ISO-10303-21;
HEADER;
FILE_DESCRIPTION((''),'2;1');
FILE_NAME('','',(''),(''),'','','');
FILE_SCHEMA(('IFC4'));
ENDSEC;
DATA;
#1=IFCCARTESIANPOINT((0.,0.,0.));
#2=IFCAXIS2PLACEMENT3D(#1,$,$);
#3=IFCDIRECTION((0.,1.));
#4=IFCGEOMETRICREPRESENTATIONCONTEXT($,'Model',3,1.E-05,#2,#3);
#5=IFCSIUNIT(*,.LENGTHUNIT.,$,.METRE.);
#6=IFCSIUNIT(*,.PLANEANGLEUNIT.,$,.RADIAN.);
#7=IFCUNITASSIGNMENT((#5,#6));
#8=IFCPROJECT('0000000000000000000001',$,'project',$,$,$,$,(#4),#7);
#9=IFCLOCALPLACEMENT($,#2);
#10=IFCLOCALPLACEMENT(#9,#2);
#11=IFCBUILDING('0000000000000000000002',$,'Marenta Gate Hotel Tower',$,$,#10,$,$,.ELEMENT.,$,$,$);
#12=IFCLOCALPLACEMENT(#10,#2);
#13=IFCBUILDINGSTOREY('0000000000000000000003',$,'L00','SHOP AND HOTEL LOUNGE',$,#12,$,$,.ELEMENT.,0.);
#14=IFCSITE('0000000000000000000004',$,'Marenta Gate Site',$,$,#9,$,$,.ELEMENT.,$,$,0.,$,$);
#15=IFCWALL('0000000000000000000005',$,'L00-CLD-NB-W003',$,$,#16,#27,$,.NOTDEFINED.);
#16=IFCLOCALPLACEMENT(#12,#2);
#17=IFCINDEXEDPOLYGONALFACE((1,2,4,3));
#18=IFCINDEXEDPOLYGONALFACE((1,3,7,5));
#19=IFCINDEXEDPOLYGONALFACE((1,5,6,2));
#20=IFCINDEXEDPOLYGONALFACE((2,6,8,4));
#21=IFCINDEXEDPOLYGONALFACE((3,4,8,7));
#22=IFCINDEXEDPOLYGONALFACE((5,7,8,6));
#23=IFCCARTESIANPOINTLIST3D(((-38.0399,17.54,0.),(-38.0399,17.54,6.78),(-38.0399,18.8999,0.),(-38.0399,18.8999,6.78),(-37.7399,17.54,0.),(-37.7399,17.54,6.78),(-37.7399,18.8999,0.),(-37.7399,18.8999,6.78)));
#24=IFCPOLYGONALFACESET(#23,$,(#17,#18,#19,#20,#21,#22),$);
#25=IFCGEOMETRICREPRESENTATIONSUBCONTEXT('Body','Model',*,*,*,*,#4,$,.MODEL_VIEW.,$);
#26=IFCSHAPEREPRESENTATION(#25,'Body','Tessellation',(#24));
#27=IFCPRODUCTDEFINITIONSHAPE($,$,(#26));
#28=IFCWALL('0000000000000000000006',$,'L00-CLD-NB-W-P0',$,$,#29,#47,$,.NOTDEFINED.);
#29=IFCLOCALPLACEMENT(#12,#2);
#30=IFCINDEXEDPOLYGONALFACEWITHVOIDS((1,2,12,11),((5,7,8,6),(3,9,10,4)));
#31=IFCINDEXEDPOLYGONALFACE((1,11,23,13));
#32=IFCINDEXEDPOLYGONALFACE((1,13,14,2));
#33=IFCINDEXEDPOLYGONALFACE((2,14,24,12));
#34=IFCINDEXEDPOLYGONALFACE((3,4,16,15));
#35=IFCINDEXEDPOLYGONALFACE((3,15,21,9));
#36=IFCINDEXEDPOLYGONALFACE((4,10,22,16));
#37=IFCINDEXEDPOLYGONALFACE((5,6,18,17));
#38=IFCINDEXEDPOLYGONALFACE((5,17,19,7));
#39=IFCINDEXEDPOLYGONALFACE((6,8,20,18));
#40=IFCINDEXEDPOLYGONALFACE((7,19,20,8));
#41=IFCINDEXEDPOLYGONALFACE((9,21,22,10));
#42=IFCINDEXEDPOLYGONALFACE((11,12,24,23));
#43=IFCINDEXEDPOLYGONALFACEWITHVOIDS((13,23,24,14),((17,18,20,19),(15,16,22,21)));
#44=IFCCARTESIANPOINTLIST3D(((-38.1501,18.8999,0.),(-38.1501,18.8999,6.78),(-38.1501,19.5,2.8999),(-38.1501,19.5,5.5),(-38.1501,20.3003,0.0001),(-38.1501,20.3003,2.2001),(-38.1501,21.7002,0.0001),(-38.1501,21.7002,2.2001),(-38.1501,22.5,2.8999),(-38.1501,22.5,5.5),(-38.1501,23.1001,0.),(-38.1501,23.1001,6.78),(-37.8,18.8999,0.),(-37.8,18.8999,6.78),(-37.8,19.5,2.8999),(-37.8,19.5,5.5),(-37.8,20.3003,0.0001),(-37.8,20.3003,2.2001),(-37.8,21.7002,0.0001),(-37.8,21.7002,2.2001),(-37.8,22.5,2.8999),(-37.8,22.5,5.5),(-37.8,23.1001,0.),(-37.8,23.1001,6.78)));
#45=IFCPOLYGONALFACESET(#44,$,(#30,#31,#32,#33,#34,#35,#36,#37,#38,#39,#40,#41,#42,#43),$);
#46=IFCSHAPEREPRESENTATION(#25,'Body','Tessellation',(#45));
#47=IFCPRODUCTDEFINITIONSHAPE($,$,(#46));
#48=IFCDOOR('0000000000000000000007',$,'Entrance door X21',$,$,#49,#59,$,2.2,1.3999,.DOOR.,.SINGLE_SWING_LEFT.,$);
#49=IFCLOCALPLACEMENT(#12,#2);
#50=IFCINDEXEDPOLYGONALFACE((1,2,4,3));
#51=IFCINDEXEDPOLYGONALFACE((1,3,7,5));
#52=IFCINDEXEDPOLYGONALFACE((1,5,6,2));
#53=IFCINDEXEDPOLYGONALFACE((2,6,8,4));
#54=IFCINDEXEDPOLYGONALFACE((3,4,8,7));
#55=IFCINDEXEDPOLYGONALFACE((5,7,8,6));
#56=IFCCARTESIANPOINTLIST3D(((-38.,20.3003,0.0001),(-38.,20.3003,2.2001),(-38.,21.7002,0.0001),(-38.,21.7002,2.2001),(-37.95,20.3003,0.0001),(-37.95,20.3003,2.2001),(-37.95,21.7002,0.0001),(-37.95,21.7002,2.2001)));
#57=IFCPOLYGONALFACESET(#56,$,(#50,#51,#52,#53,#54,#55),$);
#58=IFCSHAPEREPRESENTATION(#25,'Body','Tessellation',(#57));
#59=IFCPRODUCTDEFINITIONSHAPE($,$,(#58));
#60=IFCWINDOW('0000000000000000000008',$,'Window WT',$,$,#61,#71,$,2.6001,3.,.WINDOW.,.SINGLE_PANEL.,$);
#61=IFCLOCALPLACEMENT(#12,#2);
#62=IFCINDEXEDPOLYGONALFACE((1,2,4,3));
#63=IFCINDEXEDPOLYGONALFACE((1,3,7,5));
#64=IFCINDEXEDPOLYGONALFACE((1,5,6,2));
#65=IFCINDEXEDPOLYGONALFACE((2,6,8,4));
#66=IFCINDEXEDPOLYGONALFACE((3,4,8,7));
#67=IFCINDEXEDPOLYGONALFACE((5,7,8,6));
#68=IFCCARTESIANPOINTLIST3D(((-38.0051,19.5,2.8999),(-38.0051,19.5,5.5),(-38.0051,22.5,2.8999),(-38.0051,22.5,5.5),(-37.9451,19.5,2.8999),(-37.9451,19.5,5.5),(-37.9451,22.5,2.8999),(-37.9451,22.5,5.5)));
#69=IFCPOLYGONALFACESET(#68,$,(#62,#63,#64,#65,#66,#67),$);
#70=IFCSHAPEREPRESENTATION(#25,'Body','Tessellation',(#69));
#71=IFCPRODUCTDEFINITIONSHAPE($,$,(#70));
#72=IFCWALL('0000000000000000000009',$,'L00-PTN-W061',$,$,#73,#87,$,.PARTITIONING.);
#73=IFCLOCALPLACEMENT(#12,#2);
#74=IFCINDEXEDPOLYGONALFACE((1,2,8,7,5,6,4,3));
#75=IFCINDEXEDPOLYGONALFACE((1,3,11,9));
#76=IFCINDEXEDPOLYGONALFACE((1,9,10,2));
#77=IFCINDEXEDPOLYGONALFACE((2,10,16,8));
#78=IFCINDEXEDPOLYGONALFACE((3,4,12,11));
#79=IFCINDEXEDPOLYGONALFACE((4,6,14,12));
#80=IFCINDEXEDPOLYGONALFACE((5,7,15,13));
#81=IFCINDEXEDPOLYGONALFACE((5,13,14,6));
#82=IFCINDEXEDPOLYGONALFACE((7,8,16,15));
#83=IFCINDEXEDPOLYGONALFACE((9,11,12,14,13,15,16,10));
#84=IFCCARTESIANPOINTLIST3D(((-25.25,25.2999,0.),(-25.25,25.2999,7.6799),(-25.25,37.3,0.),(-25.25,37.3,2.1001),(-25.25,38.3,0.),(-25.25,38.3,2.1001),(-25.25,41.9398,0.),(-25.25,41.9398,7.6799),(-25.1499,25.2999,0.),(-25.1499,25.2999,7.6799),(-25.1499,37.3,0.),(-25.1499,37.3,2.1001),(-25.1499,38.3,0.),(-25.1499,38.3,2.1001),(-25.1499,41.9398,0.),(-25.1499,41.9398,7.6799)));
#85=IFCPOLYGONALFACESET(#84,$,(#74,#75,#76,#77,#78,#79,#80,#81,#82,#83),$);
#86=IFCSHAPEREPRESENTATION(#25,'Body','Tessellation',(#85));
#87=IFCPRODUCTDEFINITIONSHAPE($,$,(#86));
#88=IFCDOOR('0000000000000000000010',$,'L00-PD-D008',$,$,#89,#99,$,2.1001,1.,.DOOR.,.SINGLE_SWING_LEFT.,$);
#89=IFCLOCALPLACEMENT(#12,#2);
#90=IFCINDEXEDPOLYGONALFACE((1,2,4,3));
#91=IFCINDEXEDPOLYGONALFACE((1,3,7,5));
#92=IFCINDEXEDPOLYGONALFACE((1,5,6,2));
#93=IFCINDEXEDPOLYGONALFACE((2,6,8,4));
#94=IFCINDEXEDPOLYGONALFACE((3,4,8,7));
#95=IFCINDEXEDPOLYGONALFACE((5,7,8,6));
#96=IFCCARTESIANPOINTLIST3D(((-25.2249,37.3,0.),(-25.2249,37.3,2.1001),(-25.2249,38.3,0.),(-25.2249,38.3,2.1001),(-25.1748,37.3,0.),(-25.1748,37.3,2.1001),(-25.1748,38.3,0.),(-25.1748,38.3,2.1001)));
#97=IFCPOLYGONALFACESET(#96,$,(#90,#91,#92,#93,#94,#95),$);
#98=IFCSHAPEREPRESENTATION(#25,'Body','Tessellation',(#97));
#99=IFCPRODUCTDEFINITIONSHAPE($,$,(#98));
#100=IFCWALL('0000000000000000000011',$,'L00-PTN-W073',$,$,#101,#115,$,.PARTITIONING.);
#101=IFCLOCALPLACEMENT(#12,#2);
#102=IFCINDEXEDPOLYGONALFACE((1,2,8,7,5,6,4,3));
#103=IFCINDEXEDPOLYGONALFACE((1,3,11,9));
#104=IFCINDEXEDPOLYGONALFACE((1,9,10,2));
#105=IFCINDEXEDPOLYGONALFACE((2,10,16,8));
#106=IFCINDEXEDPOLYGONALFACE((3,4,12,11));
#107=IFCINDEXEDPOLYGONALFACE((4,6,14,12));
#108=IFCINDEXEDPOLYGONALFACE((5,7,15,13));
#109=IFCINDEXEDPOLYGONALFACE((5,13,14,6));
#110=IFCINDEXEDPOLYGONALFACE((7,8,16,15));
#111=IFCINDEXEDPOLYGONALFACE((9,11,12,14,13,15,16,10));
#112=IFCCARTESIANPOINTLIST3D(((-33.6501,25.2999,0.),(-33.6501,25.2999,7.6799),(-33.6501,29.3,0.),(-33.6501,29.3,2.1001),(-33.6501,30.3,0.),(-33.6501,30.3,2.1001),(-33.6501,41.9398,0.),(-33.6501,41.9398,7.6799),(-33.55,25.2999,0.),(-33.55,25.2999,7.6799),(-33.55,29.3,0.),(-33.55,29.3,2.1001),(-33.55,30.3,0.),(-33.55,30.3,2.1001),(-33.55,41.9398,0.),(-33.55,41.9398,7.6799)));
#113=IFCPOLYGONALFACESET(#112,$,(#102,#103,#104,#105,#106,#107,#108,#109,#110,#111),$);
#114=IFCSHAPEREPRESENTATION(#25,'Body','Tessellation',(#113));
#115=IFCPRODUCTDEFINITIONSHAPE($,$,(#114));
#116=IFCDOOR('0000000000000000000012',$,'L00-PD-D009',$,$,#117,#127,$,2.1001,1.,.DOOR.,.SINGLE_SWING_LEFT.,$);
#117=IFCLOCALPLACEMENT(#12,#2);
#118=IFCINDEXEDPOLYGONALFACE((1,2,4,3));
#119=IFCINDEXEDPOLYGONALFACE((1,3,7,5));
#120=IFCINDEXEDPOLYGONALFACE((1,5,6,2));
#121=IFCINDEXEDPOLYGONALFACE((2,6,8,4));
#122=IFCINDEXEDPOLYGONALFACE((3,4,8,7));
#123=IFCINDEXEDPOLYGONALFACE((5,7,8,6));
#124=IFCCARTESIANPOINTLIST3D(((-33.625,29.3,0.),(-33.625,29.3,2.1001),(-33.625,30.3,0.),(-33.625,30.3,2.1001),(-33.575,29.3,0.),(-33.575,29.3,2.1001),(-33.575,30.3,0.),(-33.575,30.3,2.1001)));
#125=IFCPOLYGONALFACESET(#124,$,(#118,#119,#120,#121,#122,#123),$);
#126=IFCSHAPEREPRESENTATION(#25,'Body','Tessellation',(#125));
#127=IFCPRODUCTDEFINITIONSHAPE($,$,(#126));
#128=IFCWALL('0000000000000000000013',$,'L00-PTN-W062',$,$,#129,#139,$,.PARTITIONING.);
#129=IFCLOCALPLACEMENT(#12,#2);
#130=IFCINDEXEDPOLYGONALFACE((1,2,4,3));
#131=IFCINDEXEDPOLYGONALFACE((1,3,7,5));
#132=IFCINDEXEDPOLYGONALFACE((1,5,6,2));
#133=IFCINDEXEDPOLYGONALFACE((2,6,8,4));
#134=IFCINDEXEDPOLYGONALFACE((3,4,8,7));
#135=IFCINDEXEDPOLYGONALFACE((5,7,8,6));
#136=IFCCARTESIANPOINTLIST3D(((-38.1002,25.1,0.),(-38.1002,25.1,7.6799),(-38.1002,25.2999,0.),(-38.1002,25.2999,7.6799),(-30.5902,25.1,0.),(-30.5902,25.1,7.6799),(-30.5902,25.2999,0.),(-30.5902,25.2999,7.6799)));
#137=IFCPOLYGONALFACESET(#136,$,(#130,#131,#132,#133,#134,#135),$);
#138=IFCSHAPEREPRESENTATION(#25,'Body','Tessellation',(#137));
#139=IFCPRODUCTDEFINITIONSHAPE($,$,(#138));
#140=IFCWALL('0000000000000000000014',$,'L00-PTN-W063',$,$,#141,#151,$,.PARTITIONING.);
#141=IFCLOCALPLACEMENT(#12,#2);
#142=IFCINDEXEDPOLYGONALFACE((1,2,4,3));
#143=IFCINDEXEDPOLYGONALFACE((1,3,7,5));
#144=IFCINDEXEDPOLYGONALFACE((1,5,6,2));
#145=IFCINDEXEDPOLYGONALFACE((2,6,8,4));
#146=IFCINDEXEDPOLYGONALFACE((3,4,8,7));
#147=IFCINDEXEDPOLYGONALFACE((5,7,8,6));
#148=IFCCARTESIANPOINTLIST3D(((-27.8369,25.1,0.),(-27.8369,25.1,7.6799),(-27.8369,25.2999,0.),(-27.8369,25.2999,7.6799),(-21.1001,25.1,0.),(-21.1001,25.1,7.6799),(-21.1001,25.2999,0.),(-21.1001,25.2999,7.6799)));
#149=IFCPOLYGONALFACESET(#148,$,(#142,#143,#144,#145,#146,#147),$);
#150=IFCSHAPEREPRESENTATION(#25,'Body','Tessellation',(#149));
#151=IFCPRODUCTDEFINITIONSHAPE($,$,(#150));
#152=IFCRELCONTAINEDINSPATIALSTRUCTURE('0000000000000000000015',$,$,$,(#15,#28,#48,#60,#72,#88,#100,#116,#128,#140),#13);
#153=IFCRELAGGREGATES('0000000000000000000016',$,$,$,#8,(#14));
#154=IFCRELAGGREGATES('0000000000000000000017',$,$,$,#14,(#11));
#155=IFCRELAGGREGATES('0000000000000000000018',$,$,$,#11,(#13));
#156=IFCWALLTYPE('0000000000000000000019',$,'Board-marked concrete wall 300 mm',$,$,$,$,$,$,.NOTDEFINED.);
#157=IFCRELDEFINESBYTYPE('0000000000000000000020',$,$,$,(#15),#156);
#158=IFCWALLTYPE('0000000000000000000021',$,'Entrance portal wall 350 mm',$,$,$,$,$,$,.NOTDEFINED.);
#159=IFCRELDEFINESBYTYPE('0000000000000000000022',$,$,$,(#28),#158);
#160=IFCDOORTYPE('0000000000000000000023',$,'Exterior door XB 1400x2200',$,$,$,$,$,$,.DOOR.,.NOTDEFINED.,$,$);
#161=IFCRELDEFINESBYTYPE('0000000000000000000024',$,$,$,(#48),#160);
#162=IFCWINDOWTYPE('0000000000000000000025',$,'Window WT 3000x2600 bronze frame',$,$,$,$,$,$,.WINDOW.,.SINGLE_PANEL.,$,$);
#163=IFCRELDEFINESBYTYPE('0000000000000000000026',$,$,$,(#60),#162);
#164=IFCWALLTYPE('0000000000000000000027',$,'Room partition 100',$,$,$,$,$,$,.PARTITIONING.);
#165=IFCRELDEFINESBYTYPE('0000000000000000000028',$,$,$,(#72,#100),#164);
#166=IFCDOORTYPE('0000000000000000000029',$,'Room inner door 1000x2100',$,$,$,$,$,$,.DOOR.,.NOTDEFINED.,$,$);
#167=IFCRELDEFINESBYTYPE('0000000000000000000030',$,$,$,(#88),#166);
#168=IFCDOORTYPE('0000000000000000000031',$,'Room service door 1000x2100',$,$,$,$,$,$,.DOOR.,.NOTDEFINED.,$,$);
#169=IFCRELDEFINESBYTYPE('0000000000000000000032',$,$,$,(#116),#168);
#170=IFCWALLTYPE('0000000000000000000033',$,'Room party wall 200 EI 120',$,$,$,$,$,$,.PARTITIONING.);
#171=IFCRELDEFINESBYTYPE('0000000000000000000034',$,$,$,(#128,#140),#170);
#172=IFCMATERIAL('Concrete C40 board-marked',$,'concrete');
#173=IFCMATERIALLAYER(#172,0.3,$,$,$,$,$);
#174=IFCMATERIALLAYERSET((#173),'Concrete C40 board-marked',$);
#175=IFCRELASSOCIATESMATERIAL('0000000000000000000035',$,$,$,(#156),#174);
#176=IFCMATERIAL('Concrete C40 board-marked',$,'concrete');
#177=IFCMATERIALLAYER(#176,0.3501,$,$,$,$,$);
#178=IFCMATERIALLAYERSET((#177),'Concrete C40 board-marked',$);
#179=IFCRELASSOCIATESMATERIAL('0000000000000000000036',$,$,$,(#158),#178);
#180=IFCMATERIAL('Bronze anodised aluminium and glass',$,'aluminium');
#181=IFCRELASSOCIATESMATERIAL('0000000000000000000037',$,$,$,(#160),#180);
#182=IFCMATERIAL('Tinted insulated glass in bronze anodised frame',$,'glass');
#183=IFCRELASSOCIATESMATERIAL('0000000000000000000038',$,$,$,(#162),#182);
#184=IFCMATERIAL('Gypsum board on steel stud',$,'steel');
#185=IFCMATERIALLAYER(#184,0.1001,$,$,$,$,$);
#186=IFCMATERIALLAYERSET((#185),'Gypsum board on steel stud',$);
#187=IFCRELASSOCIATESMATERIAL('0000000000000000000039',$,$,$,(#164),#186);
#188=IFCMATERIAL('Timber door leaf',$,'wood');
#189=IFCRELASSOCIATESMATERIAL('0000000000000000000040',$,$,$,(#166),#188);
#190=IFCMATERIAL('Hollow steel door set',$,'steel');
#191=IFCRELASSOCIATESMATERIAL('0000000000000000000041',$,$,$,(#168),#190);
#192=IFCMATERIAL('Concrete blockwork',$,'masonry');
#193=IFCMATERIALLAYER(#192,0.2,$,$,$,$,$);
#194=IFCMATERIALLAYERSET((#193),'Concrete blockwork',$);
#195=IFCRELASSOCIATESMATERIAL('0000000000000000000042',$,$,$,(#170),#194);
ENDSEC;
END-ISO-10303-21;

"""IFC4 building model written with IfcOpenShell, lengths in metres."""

from ifc_helpers import new_model, si_unit, direction, frame, frame_2d, origin, place, context, subcontext, project, spatial, rectangle, extrude, material, layer, layer_set, type_object, element, fill, save


model = new_model("IFC4")

# Units and contexts
model_context = context("Model", 3, precision=1e-05, world=origin(), true_north=direction((0.0, 1.0)))
body_context = subcontext(model_context, "Body", "Model", "MODEL_VIEW")
ifc_project = project(units=[si_unit("LENGTHUNIT", "METRE"), si_unit("PLANEANGLEUNIT", "RADIAN")], contexts=[model_context])

# Site, building, storey
site_placement = place(None, origin())
site = spatial("IfcSite", under=ifc_project, at=site_placement, Name="Marenta Gate Site", CompositionType="ELEMENT", RefElevation=0.0)
building_placement = place(site_placement, origin())
building = spatial("IfcBuilding", under=site, at=building_placement, Name="Marenta Gate Hotel Tower", CompositionType="ELEMENT")
storey_placement = place(building_placement, origin())
storey = spatial("IfcBuildingStorey", under=building, at=storey_placement, Name="L00", Description="SHOP AND HOTEL LOUNGE", CompositionType="ELEMENT", Elevation=0.0)

# Wall
ifc_material_1 = material(Name="Concrete C40 board-marked", Category="concrete")
ifc_layer_1 = layer(ifc_material_1, 0.3)
ifc_layer_set_1 = layer_set([ifc_layer_1], Name="Concrete C40 board-marked")
wall_type_1 = type_object("IfcWallType", Name="Board-marked concrete wall 300 mm", PredefinedType="NOTDEFINED", material=ifc_layer_set_1)
for number, where, z_axis, x_axis, name in (
    (1, (-37.8899, 18.8999, 0.0), (0.0, 0.0, 1.0), (0.0, -1.0, 0.0), "L00-CLD-NB-W003"),
):
    element("IfcWall", number, at=place(storey_placement, frame(where, z_axis=z_axis, x_axis=x_axis)), inside=storey, type_object=wall_type_1, Name=name, PredefinedType="NOTDEFINED", context=body_context, shape_type="SweptSolid", body=[
        extrude(rectangle(XDim=1.3599, YDim=0.3, at=frame_2d((0.6799, 0.0))), origin(), (0.0, 0.0, 1.0), 6.78),
    ])

# Wall, openings, door, window
ifc_material_2 = material(Name="Concrete C40 board-marked", Category="concrete")
ifc_layer_2 = layer(ifc_material_2, 0.3501)
ifc_layer_set_2 = layer_set([ifc_layer_2], Name="Concrete C40 board-marked")
wall_type_2 = type_object("IfcWallType", Name="Entrance portal wall 350 mm", PredefinedType="NOTDEFINED", material=ifc_layer_set_2)
wall_1_placement = place(storey_placement, frame((-37.9751, 23.1001, 0.0), z_axis=(0.0, 0.0, 1.0), x_axis=(0.0, -1.0, 0.0)))
wall_1 = element("IfcWall", 2, at=wall_1_placement, inside=storey, type_object=wall_type_2, Name="L00-CLD-NB-W-P0", PredefinedType="NOTDEFINED", context=body_context, shape_type="SweptSolid", body=[
    extrude(rectangle(XDim=4.2002, YDim=0.3501, at=frame_2d((2.1001, 0.0))), origin(), (0.0, 0.0, 1.0), 6.78),
])
opening_1_placement = place(wall_1_placement, frame((1.3999, 0.0, 0.0)))
opening_1 = element("IfcOpeningElement", 3, at=opening_1_placement, cuts=wall_1, PredefinedType="OPENING", context=body_context, shape_type="SweptSolid", body=[
    extrude(rectangle(XDim=1.3999, YDim=2.2, at=frame_2d((0.7, 1.1001))), frame((0.0, 0.175, 0.0), z_axis=(0.0, -1.0, 0.0), x_axis=(1.0, 0.0, 0.0)), (0.0, 0.0, 1.0), 0.3501),
])
opening_2_placement = place(wall_1_placement, frame((0.6001, 0.0, 2.8999)))
opening_2 = element("IfcOpeningElement", 4, at=opening_2_placement, cuts=wall_1, PredefinedType="OPENING", context=body_context, shape_type="SweptSolid", body=[
    extrude(rectangle(XDim=3.0, YDim=2.6001, at=frame_2d((1.5, 1.3))), frame((0.0, 0.175, 0.0), z_axis=(0.0, -1.0, 0.0), x_axis=(1.0, 0.0, 0.0)), (0.0, 0.0, 1.0), 0.3501),
])
ifc_material_3 = material(Name="Bronze anodised aluminium and glass", Category="aluminium")
door_type_1 = type_object("IfcDoorType", Name="Exterior door XB 1400x2200", OperationType="NOTDEFINED", PredefinedType="DOOR", material=ifc_material_3)
door_1_placement = place(opening_1_placement, frame((1.3999, 0.0, 0.0), z_axis=(0.0, 0.0, 1.0), x_axis=(-1.0, 0.0, 0.0)))
door_1 = element("IfcDoor", 5, at=door_1_placement, inside=storey, type_object=door_type_1, Name="Entrance door X21", OperationType="SINGLE_SWING_LEFT", OverallHeight=2.2, OverallWidth=1.3999, PredefinedType="DOOR", context=body_context, shape_type="SweptSolid", body=[
    extrude(rectangle(XDim=1.3999, YDim=2.2, at=frame_2d((0.7, 1.1001))), frame((0.0, 0.0249, 0.0), z_axis=(0.0, -1.0, 0.0), x_axis=(1.0, 0.0, 0.0)), (0.0, 0.0, 1.0), 0.05),
])
fill(opening_1, door_1)
ifc_material_4 = material(Name="Tinted insulated glass in bronze anodised frame", Category="glass")
window_type = type_object("IfcWindowType", Name="Window WT 3000x2600 bronze frame", PartitioningType="SINGLE_PANEL", PredefinedType="WINDOW", material=ifc_material_4)
window_placement = place(opening_2_placement, origin())
window = element("IfcWindow", 6, at=window_placement, inside=storey, type_object=window_type, Name="Window WT", OverallHeight=2.6001, OverallWidth=3.0, PartitioningType="SINGLE_PANEL", PredefinedType="WINDOW", context=body_context, shape_type="SweptSolid", body=[
    extrude(rectangle(XDim=3.0, YDim=2.6001, at=frame_2d((1.5, 1.3))), frame((0.0, 0.03, 0.0), z_axis=(0.0, -1.0, 0.0), x_axis=(1.0, 0.0, 0.0)), (0.0, 0.0, 1.0), 0.0601),
])
fill(opening_2, window)

# Walls, openings, doors
ifc_material_5 = material(Name="Gypsum board on steel stud", Category="steel")
ifc_layer_3 = layer(ifc_material_5, 0.1001)
ifc_layer_set_3 = layer_set([ifc_layer_3], Name="Gypsum board on steel stud")
wall_type_3 = type_object("IfcWallType", Name="Room partition 100", PredefinedType="PARTITIONING", material=ifc_layer_set_3)
wall_2_placement = place(storey_placement, frame((-25.2, 25.3, 0.0), z_axis=(0.0, 0.0, 1.0), x_axis=(0.0, 1.0, 0.0)))
wall_2 = element("IfcWall", 7, at=wall_2_placement, inside=storey, type_object=wall_type_3, Name="L00-PTN-W061", PredefinedType="PARTITIONING", context=body_context, shape_type="SweptSolid", body=[
    extrude(rectangle(XDim=16.6399, YDim=0.1001, at=frame_2d((8.3198, 0.0))), origin(), (0.0, 0.0, 1.0), 7.6799),
])
opening_3_placement = place(wall_2_placement, frame((12.0, 0.0, 0.0)))
opening_3 = element("IfcOpeningElement", 8, at=opening_3_placement, cuts=wall_2, PredefinedType="OPENING", context=body_context, shape_type="SweptSolid", body=[
    extrude(rectangle(XDim=1.0, YDim=2.1001, at=frame_2d((0.5, 1.05))), frame((0.0, 0.05, 0.0), z_axis=(0.0, -1.0, 0.0), x_axis=(1.0, 0.0, 0.0)), (0.0, 0.0, 1.0), 0.1001),
])
ifc_material_6 = material(Name="Timber door leaf", Category="wood")
door_type_2 = type_object("IfcDoorType", Name="Room inner door 1000x2100", OperationType="NOTDEFINED", PredefinedType="DOOR", material=ifc_material_6)
door_2_placement = place(opening_3_placement, origin())
door_2 = element("IfcDoor", 9, at=door_2_placement, inside=storey, type_object=door_type_2, Name="L00-PD-D008", OperationType="SINGLE_SWING_LEFT", OverallHeight=2.1001, OverallWidth=1.0, PredefinedType="DOOR", context=body_context, shape_type="SweptSolid", body=[
    extrude(rectangle(XDim=1.0, YDim=2.1001, at=frame_2d((0.5, 1.05))), frame((0.0, 0.0249, 0.0), z_axis=(0.0, -1.0, 0.0), x_axis=(1.0, 0.0, 0.0)), (0.0, 0.0, 1.0), 0.05),
])
fill(opening_3, door_2)
wall_3_placement = place(storey_placement, frame((-33.6001, 25.3, 0.0), z_axis=(0.0, 0.0, 1.0), x_axis=(0.0, 1.0, 0.0)))
wall_3 = element("IfcWall", 10, at=wall_3_placement, inside=storey, type_object=wall_type_3, Name="L00-PTN-W073", PredefinedType="PARTITIONING", context=body_context, shape_type="SweptSolid", body=[
    extrude(rectangle(XDim=16.6399, YDim=0.1001, at=frame_2d((8.3198, 0.0))), origin(), (0.0, 0.0, 1.0), 7.6799),
])
opening_4_placement = place(wall_3_placement, frame((4.0, 0.0, 0.0)))
opening_4 = element("IfcOpeningElement", 11, at=opening_4_placement, cuts=wall_3, PredefinedType="OPENING", context=body_context, shape_type="SweptSolid", body=[
    extrude(rectangle(XDim=1.0, YDim=2.1001, at=frame_2d((0.5, 1.05))), frame((0.0, 0.05, 0.0), z_axis=(0.0, -1.0, 0.0), x_axis=(1.0, 0.0, 0.0)), (0.0, 0.0, 1.0), 0.1001),
])
ifc_material_7 = material(Name="Hollow steel door set", Category="steel")
door_type_3 = type_object("IfcDoorType", Name="Room service door 1000x2100", OperationType="NOTDEFINED", PredefinedType="DOOR", material=ifc_material_7)
door_3_placement = place(opening_4_placement, origin())
door_3 = element("IfcDoor", 12, at=door_3_placement, inside=storey, type_object=door_type_3, Name="L00-PD-D009", OperationType="SINGLE_SWING_LEFT", OverallHeight=2.1001, OverallWidth=1.0, PredefinedType="DOOR", context=body_context, shape_type="SweptSolid", body=[
    extrude(rectangle(XDim=1.0, YDim=2.1001, at=frame_2d((0.5, 1.05))), frame((0.0, 0.0249, 0.0), z_axis=(0.0, -1.0, 0.0), x_axis=(1.0, 0.0, 0.0)), (0.0, 0.0, 1.0), 0.05),
])
fill(opening_4, door_3)

# Walls
ifc_material_8 = material(Name="Concrete blockwork", Category="masonry")
ifc_layer_4 = layer(ifc_material_8, 0.2)
ifc_layer_set_4 = layer_set([ifc_layer_4], Name="Concrete blockwork")
wall_type_4 = type_object("IfcWallType", Name="Room party wall 200 EI 120", PredefinedType="PARTITIONING", material=ifc_layer_set_4)
wall_4_placement = place(storey_placement, frame((-38.1001, 25.2, 0.0), z_axis=(0.0, 0.0, 1.0), x_axis=(1.0, 0.0, 0.0)))
element("IfcWall", 13, at=wall_4_placement, inside=storey, type_object=wall_type_4, Name="L00-PTN-W062", PredefinedType="PARTITIONING", context=body_context, shape_type="SweptSolid", body=[
    extrude(rectangle(XDim=7.51, YDim=0.2, at=frame_2d((3.7549, 0.0))), origin(), (0.0, 0.0, 1.0), 7.6799),
])
wall_5_placement = place(storey_placement, frame((-27.8369, 25.2, 0.0), z_axis=(0.0, 0.0, 1.0), x_axis=(1.0, 0.0, 0.0)))
element("IfcWall", 14, at=wall_5_placement, inside=storey, type_object=wall_type_4, Name="L00-PTN-W063", PredefinedType="PARTITIONING", context=body_context, shape_type="SweptSolid", body=[
    extrude(rectangle(XDim=6.7368, YDim=0.2, at=frame_2d((3.3684, 0.0))), origin(), (0.0, 0.0, 1.0), 7.6799),
])

save(model, "model.ifc")
